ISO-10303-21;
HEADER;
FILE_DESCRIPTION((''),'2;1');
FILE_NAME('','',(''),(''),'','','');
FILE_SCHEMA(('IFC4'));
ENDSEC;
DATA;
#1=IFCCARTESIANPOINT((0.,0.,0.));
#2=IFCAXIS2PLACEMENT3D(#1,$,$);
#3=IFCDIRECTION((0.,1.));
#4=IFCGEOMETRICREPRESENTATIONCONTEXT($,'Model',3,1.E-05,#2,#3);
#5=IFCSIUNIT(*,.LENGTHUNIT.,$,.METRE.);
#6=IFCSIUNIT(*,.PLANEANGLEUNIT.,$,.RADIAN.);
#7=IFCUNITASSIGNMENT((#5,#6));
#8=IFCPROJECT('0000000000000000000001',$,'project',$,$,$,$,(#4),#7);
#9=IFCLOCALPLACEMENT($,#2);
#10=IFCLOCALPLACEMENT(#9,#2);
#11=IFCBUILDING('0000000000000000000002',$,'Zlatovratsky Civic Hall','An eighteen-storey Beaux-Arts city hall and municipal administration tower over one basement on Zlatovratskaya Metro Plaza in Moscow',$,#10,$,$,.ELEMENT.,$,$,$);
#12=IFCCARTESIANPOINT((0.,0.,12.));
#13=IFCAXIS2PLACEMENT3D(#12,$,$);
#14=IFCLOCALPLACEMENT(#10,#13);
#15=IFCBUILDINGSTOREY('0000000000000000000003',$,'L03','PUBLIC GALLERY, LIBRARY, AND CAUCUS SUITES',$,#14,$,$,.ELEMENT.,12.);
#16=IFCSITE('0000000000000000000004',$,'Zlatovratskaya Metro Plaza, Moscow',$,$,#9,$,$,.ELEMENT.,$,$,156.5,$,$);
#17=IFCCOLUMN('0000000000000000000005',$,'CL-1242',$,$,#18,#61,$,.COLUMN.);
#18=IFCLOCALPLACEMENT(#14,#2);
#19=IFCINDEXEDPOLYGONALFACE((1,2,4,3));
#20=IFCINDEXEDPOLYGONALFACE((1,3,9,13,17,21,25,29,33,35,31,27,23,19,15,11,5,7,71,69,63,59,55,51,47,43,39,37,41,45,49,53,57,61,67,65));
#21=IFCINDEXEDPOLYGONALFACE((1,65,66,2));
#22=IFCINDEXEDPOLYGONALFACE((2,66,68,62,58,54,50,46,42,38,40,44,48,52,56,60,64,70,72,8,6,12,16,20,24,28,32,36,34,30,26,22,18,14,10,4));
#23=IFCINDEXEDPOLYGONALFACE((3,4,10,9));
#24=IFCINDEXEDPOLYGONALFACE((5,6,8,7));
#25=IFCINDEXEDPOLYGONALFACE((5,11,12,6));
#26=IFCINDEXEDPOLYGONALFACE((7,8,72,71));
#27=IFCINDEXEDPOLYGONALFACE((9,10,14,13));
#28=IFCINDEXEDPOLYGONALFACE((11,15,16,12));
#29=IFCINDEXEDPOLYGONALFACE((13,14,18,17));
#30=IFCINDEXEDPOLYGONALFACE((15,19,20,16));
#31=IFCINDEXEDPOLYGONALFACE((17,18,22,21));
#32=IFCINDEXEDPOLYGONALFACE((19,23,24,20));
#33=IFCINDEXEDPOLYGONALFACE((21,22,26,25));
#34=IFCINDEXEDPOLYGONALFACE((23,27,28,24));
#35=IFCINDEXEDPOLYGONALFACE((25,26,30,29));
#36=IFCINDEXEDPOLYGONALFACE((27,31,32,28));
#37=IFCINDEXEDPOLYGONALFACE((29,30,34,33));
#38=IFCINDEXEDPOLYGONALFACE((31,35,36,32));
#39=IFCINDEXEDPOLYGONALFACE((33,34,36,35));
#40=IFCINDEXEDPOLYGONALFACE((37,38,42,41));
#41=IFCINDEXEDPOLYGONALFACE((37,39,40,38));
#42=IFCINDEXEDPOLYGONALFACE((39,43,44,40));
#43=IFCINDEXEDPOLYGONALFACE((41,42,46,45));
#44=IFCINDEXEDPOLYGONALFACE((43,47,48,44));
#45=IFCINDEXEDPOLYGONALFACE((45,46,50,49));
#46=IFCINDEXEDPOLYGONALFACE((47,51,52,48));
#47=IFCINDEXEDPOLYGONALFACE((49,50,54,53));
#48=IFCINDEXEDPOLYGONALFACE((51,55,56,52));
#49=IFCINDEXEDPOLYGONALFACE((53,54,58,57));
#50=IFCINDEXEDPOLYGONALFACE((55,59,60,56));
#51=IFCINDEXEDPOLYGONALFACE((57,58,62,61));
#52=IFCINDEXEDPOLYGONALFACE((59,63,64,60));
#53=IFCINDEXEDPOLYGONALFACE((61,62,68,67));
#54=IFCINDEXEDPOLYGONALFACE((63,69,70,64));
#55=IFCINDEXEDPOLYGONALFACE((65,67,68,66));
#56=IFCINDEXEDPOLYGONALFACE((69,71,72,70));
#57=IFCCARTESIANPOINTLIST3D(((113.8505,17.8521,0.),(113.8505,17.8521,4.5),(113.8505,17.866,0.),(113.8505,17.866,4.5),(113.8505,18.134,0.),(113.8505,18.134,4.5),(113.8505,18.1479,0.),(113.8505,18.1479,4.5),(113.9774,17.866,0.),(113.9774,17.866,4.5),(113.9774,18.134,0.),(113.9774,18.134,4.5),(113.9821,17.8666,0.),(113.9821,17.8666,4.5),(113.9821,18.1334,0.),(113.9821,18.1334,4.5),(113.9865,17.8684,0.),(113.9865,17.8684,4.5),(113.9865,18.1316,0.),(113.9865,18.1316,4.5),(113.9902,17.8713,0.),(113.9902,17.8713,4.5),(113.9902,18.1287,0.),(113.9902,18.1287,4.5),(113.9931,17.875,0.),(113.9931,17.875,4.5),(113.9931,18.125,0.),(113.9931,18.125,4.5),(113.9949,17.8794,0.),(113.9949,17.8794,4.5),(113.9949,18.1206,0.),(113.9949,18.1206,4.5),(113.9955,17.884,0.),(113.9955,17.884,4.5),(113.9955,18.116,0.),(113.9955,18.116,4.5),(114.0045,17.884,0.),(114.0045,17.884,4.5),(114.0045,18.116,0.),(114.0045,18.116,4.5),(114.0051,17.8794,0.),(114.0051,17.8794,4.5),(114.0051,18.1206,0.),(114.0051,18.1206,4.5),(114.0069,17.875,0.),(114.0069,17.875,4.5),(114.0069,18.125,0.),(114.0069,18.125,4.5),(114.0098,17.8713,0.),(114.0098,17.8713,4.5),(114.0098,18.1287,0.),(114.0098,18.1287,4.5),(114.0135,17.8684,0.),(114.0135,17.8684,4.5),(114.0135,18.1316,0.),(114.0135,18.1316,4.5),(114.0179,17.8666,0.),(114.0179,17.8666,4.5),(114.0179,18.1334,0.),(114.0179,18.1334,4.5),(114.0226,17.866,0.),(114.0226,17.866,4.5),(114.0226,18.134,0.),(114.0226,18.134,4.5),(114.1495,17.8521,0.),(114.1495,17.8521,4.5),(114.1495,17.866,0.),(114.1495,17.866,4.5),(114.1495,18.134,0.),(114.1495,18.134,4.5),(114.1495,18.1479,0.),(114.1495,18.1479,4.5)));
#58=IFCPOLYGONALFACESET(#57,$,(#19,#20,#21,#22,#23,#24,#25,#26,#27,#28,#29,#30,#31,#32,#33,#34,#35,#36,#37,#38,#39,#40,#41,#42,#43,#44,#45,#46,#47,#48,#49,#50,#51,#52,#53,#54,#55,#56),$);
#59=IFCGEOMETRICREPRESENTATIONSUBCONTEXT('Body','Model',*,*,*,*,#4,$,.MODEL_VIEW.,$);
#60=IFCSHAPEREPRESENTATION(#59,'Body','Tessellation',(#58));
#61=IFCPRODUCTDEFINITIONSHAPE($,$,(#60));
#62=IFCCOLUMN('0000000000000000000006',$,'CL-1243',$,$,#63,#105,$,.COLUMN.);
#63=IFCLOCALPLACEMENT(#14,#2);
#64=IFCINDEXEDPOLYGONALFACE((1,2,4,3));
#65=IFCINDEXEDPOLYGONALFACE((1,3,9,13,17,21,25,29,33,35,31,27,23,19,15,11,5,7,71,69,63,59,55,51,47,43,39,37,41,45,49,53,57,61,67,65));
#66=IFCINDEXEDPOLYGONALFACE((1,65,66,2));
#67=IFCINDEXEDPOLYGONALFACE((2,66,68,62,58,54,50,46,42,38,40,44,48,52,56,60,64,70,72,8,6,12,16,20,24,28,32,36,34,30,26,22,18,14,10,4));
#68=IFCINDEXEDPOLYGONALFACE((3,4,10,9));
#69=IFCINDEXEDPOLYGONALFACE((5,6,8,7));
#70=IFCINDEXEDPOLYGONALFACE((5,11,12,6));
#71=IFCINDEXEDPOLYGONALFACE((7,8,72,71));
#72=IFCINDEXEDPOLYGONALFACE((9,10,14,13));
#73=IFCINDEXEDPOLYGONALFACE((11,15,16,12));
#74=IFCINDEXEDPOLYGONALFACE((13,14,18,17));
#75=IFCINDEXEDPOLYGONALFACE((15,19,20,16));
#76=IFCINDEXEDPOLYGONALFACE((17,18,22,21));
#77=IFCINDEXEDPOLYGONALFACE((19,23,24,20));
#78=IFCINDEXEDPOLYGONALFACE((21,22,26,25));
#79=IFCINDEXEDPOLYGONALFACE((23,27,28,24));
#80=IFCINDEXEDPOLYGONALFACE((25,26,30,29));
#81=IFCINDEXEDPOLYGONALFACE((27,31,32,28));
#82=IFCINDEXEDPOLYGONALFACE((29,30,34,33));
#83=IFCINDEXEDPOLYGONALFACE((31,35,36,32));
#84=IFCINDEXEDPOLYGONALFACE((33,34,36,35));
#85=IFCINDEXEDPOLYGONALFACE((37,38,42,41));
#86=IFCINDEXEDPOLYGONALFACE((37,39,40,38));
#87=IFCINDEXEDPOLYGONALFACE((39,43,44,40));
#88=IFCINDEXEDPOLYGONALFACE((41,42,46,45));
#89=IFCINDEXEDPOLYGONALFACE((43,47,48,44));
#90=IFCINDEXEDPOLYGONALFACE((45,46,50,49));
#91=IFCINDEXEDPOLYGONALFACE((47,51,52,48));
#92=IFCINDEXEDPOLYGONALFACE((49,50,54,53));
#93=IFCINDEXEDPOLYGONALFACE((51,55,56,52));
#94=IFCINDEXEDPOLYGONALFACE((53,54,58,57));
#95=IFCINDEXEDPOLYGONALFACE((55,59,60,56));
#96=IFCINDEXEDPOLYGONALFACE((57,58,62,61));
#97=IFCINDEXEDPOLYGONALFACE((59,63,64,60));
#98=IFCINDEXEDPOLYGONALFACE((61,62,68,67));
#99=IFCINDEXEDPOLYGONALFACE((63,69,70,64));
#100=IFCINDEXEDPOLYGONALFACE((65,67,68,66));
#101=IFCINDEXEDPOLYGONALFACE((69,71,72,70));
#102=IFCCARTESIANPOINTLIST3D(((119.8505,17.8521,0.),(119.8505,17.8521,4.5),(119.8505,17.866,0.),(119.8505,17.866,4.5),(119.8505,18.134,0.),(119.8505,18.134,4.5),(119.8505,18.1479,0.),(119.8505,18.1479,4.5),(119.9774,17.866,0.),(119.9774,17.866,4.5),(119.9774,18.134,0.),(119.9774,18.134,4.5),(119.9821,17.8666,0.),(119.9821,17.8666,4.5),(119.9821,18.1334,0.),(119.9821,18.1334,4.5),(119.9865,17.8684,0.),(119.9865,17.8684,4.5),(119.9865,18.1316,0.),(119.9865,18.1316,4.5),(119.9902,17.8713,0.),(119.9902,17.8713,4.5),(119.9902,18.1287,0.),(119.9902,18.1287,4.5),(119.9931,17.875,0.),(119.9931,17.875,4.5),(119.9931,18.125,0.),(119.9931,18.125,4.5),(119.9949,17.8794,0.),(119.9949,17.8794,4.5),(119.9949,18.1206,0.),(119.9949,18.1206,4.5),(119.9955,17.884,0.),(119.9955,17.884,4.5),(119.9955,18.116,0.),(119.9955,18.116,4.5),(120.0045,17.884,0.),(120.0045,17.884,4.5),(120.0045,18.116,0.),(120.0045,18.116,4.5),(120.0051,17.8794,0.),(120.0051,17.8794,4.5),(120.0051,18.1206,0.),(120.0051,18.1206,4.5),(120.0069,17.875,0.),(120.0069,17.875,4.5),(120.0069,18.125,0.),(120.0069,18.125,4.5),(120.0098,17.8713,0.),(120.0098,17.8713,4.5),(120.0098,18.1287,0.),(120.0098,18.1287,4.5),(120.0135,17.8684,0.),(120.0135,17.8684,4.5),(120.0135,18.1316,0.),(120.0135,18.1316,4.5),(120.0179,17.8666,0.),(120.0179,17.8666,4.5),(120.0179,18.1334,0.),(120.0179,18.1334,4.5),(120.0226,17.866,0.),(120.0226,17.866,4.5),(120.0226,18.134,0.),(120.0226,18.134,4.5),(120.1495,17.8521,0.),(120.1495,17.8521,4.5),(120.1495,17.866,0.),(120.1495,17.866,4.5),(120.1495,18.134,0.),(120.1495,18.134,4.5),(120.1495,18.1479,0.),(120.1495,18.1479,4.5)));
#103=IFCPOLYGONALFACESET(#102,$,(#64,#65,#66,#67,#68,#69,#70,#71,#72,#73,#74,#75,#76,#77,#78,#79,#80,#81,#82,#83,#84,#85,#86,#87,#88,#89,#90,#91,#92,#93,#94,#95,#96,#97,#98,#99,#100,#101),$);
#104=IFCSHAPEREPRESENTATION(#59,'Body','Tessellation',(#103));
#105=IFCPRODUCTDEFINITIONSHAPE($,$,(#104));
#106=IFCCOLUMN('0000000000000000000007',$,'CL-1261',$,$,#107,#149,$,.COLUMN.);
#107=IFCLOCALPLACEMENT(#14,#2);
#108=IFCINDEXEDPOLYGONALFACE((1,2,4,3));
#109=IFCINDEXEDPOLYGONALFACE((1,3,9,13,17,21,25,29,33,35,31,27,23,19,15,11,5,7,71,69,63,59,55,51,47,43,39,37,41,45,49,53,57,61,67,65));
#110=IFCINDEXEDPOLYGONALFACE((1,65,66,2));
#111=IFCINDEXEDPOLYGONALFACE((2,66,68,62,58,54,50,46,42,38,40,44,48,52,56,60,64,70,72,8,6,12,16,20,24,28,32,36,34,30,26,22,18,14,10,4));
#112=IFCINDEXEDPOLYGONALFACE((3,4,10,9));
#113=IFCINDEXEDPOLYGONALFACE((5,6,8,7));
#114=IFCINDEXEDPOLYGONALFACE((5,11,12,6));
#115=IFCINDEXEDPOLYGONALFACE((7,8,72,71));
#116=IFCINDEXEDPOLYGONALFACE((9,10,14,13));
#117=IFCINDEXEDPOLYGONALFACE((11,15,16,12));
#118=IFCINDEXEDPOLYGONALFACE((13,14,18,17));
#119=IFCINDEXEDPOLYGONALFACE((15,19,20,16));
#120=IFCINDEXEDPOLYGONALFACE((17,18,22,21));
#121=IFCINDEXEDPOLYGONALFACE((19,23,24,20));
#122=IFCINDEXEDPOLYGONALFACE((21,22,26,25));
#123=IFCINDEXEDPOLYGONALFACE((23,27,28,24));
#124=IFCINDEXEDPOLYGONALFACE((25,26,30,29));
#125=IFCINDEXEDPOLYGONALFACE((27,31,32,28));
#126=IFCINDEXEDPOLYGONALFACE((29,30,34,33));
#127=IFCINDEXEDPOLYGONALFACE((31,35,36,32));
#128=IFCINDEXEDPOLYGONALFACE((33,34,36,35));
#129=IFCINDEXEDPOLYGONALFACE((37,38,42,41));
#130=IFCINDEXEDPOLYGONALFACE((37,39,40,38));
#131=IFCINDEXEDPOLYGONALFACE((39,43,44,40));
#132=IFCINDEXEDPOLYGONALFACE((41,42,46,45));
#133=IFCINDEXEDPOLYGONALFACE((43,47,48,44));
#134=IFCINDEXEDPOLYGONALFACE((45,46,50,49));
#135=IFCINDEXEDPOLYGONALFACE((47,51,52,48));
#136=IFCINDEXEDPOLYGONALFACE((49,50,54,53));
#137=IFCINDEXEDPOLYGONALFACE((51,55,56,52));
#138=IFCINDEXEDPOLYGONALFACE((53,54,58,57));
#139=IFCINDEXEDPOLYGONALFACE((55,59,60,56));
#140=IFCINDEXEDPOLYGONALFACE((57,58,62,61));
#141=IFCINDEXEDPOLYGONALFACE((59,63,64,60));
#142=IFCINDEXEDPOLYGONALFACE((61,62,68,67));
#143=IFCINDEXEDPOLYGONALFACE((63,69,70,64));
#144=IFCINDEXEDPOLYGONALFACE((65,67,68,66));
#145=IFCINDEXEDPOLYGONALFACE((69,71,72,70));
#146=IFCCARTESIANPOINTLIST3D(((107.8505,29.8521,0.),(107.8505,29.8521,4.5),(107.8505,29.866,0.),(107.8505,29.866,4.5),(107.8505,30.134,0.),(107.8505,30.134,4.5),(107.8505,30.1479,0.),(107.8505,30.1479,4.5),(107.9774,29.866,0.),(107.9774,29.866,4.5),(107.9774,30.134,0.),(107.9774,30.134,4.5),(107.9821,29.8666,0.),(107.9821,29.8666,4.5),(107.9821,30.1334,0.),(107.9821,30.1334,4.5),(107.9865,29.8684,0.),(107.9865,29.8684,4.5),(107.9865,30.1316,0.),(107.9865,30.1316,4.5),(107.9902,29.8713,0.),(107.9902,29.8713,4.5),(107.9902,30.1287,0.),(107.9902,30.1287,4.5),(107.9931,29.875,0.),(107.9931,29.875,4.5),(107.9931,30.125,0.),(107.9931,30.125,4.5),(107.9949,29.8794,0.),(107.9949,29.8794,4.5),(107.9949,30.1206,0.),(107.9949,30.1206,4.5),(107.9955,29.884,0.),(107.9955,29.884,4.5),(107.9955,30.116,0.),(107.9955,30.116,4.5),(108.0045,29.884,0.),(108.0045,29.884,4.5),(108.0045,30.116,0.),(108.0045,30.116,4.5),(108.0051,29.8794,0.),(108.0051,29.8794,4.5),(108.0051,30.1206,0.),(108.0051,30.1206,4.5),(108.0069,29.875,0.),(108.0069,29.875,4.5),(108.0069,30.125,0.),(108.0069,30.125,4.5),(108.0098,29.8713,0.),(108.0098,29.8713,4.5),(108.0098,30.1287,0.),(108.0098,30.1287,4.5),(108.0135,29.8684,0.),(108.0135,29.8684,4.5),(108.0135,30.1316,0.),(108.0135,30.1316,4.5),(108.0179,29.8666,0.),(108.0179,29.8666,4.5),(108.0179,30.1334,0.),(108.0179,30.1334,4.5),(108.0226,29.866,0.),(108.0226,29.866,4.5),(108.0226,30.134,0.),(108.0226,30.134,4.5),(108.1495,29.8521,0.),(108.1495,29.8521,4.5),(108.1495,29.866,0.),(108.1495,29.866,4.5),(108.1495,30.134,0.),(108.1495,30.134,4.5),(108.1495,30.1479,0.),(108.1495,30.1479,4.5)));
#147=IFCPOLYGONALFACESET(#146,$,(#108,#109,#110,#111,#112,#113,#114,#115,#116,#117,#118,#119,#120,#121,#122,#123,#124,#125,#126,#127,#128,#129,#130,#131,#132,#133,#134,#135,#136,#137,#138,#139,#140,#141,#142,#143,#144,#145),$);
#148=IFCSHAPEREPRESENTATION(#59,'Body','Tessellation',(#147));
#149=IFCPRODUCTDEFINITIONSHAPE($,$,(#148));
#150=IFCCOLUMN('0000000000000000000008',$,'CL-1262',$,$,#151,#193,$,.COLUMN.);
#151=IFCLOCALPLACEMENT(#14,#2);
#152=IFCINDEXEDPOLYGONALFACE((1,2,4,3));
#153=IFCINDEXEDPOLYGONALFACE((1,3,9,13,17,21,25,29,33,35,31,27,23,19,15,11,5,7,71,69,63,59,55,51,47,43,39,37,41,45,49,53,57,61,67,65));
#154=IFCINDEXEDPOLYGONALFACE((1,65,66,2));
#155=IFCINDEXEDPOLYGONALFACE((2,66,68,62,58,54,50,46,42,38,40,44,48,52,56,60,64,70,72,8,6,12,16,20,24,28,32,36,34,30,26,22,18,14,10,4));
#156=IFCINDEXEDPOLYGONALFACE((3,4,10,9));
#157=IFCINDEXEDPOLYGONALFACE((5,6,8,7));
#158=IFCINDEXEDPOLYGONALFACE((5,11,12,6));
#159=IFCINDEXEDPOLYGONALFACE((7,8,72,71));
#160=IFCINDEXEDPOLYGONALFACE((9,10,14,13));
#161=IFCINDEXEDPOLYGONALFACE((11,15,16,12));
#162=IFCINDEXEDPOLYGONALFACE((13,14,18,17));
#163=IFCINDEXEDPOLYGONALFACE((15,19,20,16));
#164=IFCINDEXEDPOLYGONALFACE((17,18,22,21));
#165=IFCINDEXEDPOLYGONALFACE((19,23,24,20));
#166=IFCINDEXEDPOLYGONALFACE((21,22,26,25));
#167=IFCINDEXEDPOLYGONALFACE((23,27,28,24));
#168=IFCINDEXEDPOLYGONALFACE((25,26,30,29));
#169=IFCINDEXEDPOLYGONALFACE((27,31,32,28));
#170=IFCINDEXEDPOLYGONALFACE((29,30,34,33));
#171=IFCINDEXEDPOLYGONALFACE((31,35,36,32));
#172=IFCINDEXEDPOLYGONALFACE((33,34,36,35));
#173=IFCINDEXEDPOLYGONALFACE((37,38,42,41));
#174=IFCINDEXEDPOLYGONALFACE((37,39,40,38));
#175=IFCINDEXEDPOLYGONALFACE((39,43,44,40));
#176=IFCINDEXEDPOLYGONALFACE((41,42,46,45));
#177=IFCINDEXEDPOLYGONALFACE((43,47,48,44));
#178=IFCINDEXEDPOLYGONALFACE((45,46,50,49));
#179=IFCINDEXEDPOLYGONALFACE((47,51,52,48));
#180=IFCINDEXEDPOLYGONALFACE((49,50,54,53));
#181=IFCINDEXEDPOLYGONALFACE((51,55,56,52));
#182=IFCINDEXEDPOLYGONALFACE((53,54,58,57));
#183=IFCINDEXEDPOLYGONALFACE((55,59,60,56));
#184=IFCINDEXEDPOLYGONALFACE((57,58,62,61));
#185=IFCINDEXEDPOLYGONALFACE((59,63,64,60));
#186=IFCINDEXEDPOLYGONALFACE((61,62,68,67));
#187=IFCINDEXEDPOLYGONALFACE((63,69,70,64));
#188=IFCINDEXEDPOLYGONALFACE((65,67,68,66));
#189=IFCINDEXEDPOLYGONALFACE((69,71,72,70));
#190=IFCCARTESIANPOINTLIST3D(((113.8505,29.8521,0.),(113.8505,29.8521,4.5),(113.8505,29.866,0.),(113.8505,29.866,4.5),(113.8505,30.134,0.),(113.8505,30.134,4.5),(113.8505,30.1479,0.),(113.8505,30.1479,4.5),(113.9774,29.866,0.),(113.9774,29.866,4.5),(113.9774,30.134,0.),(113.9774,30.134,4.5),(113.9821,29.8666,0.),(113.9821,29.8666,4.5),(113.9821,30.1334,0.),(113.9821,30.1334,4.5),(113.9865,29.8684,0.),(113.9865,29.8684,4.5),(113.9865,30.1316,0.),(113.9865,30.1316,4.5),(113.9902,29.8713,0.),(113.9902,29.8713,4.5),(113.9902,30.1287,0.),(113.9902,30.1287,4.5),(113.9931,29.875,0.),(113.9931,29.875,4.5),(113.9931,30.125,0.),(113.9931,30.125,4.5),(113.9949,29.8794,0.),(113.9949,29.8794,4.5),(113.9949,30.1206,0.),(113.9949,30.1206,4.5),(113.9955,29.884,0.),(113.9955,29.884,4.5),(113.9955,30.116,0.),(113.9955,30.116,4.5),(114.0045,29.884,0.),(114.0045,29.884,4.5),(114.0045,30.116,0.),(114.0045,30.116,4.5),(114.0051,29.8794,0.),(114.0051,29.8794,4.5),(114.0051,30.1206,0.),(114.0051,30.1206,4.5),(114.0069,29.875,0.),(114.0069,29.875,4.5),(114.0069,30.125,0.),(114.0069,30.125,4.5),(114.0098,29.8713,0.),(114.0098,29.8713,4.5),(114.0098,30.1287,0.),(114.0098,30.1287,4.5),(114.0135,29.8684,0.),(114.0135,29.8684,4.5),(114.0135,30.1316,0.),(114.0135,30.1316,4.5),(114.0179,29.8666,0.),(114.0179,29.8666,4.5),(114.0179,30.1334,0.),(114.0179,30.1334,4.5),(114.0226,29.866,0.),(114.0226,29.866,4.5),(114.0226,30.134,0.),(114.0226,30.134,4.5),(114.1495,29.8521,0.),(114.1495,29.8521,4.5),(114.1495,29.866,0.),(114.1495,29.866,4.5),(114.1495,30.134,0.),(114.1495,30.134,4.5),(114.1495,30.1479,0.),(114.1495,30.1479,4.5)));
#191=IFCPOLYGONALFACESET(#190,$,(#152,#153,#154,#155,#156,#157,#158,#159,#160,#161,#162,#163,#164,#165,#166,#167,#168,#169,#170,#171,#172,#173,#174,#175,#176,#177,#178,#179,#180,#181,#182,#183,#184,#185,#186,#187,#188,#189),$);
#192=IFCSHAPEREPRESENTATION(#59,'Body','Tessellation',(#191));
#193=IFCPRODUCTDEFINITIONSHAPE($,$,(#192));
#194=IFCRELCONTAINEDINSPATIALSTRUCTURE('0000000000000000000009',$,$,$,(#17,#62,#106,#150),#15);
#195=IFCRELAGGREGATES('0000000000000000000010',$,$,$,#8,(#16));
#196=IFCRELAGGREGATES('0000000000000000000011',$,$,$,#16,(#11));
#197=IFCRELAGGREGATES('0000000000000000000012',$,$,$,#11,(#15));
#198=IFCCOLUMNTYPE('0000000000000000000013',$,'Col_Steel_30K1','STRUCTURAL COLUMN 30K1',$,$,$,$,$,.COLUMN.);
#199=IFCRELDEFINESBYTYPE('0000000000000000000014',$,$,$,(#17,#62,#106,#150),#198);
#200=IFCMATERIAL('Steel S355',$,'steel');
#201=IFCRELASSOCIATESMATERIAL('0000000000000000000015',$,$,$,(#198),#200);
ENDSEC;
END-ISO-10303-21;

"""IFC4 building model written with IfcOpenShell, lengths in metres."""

from ifc_helpers import new_model, si_unit, direction, frame, origin, origin_2d, place, context, subcontext, project, spatial, i_section, extrude, material, material_profile, profile_set, type_object, element, save


model = new_model("IFC4")

# Units and contexts
model_context = context("Model", 3, precision=1e-05, world=origin(), true_north=direction((0.0, 1.0)))
body_context = subcontext(model_context, "Body", "Model", "MODEL_VIEW")
ifc_project = project(units=[si_unit("LENGTHUNIT", "METRE"), si_unit("PLANEANGLEUNIT", "RADIAN")], contexts=[model_context])

# Site, building, storey
site_placement = place(None, origin())
site = spatial("IfcSite", under=ifc_project, at=site_placement, Name="Zlatovratskaya Metro Plaza, Moscow", CompositionType="ELEMENT", RefElevation=156.5)
building_placement = place(site_placement, origin())
building = spatial("IfcBuilding", under=site, at=building_placement, Name="Zlatovratsky Civic Hall", Description="An eighteen-storey Beaux-Arts city hall and municipal administration tower over one basement on Zlatovratskaya Metro Plaza in Moscow", CompositionType="ELEMENT")
storey_placement = place(building_placement, frame((0.0, 0.0, 12.0)))
storey = spatial("IfcBuildingStorey", under=building, at=storey_placement, Name="L03", Description="PUBLIC GALLERY, LIBRARY, AND CAUCUS SUITES", CompositionType="ELEMENT", Elevation=12.0)

# Columns
ifc_material_1 = material(Name="Steel S355", Category="steel")
ifc_material_profile_1 = material_profile(ifc_material_1, i_section(OverallWidth=0.2991, OverallDepth=0.2959, WebThickness=0.009, FlangeThickness=0.0139, FilletRadius=0.0181, at=origin_2d()), Name="30K1")
ifc_profile_set_1 = profile_set([ifc_material_profile_1], Name="Steel S355")
column_type = type_object("IfcColumnType", Name="Col_Steel_30K1", Description="STRUCTURAL COLUMN 30K1", PredefinedType="COLUMN", material=ifc_profile_set_1)
for number, where, z_axis, x_axis, name in (
    (1, (114.0, 18.0, 0.0), (0.0, 0.0, 1.0), (1.0, 0.0, 0.0), "CL-1242"),
    (2, (120.0, 18.0, 0.0), (0.0, 0.0, 1.0), (1.0, 0.0, 0.0), "CL-1243"),
    (3, (108.0, 30.0, 0.0), (0.0, 0.0, 1.0), (1.0, 0.0, 0.0), "CL-1261"),
    (4, (114.0, 30.0, 0.0), (0.0, 0.0, 1.0), (1.0, 0.0, 0.0), "CL-1262"),
):
    element("IfcColumn", number, at=place(storey_placement, frame(where, z_axis=z_axis, x_axis=x_axis)), inside=storey, type_object=column_type, Name=name, PredefinedType="COLUMN", context=body_context, shape_type="SweptSolid", body=[
        extrude(i_section(OverallWidth=0.2991, OverallDepth=0.2959, WebThickness=0.009, FlangeThickness=0.0139, FilletRadius=0.0181, at=origin_2d()), origin(), (0.0, 0.0, 1.0), 4.5),
    ])

save(model, "model.ifc")
